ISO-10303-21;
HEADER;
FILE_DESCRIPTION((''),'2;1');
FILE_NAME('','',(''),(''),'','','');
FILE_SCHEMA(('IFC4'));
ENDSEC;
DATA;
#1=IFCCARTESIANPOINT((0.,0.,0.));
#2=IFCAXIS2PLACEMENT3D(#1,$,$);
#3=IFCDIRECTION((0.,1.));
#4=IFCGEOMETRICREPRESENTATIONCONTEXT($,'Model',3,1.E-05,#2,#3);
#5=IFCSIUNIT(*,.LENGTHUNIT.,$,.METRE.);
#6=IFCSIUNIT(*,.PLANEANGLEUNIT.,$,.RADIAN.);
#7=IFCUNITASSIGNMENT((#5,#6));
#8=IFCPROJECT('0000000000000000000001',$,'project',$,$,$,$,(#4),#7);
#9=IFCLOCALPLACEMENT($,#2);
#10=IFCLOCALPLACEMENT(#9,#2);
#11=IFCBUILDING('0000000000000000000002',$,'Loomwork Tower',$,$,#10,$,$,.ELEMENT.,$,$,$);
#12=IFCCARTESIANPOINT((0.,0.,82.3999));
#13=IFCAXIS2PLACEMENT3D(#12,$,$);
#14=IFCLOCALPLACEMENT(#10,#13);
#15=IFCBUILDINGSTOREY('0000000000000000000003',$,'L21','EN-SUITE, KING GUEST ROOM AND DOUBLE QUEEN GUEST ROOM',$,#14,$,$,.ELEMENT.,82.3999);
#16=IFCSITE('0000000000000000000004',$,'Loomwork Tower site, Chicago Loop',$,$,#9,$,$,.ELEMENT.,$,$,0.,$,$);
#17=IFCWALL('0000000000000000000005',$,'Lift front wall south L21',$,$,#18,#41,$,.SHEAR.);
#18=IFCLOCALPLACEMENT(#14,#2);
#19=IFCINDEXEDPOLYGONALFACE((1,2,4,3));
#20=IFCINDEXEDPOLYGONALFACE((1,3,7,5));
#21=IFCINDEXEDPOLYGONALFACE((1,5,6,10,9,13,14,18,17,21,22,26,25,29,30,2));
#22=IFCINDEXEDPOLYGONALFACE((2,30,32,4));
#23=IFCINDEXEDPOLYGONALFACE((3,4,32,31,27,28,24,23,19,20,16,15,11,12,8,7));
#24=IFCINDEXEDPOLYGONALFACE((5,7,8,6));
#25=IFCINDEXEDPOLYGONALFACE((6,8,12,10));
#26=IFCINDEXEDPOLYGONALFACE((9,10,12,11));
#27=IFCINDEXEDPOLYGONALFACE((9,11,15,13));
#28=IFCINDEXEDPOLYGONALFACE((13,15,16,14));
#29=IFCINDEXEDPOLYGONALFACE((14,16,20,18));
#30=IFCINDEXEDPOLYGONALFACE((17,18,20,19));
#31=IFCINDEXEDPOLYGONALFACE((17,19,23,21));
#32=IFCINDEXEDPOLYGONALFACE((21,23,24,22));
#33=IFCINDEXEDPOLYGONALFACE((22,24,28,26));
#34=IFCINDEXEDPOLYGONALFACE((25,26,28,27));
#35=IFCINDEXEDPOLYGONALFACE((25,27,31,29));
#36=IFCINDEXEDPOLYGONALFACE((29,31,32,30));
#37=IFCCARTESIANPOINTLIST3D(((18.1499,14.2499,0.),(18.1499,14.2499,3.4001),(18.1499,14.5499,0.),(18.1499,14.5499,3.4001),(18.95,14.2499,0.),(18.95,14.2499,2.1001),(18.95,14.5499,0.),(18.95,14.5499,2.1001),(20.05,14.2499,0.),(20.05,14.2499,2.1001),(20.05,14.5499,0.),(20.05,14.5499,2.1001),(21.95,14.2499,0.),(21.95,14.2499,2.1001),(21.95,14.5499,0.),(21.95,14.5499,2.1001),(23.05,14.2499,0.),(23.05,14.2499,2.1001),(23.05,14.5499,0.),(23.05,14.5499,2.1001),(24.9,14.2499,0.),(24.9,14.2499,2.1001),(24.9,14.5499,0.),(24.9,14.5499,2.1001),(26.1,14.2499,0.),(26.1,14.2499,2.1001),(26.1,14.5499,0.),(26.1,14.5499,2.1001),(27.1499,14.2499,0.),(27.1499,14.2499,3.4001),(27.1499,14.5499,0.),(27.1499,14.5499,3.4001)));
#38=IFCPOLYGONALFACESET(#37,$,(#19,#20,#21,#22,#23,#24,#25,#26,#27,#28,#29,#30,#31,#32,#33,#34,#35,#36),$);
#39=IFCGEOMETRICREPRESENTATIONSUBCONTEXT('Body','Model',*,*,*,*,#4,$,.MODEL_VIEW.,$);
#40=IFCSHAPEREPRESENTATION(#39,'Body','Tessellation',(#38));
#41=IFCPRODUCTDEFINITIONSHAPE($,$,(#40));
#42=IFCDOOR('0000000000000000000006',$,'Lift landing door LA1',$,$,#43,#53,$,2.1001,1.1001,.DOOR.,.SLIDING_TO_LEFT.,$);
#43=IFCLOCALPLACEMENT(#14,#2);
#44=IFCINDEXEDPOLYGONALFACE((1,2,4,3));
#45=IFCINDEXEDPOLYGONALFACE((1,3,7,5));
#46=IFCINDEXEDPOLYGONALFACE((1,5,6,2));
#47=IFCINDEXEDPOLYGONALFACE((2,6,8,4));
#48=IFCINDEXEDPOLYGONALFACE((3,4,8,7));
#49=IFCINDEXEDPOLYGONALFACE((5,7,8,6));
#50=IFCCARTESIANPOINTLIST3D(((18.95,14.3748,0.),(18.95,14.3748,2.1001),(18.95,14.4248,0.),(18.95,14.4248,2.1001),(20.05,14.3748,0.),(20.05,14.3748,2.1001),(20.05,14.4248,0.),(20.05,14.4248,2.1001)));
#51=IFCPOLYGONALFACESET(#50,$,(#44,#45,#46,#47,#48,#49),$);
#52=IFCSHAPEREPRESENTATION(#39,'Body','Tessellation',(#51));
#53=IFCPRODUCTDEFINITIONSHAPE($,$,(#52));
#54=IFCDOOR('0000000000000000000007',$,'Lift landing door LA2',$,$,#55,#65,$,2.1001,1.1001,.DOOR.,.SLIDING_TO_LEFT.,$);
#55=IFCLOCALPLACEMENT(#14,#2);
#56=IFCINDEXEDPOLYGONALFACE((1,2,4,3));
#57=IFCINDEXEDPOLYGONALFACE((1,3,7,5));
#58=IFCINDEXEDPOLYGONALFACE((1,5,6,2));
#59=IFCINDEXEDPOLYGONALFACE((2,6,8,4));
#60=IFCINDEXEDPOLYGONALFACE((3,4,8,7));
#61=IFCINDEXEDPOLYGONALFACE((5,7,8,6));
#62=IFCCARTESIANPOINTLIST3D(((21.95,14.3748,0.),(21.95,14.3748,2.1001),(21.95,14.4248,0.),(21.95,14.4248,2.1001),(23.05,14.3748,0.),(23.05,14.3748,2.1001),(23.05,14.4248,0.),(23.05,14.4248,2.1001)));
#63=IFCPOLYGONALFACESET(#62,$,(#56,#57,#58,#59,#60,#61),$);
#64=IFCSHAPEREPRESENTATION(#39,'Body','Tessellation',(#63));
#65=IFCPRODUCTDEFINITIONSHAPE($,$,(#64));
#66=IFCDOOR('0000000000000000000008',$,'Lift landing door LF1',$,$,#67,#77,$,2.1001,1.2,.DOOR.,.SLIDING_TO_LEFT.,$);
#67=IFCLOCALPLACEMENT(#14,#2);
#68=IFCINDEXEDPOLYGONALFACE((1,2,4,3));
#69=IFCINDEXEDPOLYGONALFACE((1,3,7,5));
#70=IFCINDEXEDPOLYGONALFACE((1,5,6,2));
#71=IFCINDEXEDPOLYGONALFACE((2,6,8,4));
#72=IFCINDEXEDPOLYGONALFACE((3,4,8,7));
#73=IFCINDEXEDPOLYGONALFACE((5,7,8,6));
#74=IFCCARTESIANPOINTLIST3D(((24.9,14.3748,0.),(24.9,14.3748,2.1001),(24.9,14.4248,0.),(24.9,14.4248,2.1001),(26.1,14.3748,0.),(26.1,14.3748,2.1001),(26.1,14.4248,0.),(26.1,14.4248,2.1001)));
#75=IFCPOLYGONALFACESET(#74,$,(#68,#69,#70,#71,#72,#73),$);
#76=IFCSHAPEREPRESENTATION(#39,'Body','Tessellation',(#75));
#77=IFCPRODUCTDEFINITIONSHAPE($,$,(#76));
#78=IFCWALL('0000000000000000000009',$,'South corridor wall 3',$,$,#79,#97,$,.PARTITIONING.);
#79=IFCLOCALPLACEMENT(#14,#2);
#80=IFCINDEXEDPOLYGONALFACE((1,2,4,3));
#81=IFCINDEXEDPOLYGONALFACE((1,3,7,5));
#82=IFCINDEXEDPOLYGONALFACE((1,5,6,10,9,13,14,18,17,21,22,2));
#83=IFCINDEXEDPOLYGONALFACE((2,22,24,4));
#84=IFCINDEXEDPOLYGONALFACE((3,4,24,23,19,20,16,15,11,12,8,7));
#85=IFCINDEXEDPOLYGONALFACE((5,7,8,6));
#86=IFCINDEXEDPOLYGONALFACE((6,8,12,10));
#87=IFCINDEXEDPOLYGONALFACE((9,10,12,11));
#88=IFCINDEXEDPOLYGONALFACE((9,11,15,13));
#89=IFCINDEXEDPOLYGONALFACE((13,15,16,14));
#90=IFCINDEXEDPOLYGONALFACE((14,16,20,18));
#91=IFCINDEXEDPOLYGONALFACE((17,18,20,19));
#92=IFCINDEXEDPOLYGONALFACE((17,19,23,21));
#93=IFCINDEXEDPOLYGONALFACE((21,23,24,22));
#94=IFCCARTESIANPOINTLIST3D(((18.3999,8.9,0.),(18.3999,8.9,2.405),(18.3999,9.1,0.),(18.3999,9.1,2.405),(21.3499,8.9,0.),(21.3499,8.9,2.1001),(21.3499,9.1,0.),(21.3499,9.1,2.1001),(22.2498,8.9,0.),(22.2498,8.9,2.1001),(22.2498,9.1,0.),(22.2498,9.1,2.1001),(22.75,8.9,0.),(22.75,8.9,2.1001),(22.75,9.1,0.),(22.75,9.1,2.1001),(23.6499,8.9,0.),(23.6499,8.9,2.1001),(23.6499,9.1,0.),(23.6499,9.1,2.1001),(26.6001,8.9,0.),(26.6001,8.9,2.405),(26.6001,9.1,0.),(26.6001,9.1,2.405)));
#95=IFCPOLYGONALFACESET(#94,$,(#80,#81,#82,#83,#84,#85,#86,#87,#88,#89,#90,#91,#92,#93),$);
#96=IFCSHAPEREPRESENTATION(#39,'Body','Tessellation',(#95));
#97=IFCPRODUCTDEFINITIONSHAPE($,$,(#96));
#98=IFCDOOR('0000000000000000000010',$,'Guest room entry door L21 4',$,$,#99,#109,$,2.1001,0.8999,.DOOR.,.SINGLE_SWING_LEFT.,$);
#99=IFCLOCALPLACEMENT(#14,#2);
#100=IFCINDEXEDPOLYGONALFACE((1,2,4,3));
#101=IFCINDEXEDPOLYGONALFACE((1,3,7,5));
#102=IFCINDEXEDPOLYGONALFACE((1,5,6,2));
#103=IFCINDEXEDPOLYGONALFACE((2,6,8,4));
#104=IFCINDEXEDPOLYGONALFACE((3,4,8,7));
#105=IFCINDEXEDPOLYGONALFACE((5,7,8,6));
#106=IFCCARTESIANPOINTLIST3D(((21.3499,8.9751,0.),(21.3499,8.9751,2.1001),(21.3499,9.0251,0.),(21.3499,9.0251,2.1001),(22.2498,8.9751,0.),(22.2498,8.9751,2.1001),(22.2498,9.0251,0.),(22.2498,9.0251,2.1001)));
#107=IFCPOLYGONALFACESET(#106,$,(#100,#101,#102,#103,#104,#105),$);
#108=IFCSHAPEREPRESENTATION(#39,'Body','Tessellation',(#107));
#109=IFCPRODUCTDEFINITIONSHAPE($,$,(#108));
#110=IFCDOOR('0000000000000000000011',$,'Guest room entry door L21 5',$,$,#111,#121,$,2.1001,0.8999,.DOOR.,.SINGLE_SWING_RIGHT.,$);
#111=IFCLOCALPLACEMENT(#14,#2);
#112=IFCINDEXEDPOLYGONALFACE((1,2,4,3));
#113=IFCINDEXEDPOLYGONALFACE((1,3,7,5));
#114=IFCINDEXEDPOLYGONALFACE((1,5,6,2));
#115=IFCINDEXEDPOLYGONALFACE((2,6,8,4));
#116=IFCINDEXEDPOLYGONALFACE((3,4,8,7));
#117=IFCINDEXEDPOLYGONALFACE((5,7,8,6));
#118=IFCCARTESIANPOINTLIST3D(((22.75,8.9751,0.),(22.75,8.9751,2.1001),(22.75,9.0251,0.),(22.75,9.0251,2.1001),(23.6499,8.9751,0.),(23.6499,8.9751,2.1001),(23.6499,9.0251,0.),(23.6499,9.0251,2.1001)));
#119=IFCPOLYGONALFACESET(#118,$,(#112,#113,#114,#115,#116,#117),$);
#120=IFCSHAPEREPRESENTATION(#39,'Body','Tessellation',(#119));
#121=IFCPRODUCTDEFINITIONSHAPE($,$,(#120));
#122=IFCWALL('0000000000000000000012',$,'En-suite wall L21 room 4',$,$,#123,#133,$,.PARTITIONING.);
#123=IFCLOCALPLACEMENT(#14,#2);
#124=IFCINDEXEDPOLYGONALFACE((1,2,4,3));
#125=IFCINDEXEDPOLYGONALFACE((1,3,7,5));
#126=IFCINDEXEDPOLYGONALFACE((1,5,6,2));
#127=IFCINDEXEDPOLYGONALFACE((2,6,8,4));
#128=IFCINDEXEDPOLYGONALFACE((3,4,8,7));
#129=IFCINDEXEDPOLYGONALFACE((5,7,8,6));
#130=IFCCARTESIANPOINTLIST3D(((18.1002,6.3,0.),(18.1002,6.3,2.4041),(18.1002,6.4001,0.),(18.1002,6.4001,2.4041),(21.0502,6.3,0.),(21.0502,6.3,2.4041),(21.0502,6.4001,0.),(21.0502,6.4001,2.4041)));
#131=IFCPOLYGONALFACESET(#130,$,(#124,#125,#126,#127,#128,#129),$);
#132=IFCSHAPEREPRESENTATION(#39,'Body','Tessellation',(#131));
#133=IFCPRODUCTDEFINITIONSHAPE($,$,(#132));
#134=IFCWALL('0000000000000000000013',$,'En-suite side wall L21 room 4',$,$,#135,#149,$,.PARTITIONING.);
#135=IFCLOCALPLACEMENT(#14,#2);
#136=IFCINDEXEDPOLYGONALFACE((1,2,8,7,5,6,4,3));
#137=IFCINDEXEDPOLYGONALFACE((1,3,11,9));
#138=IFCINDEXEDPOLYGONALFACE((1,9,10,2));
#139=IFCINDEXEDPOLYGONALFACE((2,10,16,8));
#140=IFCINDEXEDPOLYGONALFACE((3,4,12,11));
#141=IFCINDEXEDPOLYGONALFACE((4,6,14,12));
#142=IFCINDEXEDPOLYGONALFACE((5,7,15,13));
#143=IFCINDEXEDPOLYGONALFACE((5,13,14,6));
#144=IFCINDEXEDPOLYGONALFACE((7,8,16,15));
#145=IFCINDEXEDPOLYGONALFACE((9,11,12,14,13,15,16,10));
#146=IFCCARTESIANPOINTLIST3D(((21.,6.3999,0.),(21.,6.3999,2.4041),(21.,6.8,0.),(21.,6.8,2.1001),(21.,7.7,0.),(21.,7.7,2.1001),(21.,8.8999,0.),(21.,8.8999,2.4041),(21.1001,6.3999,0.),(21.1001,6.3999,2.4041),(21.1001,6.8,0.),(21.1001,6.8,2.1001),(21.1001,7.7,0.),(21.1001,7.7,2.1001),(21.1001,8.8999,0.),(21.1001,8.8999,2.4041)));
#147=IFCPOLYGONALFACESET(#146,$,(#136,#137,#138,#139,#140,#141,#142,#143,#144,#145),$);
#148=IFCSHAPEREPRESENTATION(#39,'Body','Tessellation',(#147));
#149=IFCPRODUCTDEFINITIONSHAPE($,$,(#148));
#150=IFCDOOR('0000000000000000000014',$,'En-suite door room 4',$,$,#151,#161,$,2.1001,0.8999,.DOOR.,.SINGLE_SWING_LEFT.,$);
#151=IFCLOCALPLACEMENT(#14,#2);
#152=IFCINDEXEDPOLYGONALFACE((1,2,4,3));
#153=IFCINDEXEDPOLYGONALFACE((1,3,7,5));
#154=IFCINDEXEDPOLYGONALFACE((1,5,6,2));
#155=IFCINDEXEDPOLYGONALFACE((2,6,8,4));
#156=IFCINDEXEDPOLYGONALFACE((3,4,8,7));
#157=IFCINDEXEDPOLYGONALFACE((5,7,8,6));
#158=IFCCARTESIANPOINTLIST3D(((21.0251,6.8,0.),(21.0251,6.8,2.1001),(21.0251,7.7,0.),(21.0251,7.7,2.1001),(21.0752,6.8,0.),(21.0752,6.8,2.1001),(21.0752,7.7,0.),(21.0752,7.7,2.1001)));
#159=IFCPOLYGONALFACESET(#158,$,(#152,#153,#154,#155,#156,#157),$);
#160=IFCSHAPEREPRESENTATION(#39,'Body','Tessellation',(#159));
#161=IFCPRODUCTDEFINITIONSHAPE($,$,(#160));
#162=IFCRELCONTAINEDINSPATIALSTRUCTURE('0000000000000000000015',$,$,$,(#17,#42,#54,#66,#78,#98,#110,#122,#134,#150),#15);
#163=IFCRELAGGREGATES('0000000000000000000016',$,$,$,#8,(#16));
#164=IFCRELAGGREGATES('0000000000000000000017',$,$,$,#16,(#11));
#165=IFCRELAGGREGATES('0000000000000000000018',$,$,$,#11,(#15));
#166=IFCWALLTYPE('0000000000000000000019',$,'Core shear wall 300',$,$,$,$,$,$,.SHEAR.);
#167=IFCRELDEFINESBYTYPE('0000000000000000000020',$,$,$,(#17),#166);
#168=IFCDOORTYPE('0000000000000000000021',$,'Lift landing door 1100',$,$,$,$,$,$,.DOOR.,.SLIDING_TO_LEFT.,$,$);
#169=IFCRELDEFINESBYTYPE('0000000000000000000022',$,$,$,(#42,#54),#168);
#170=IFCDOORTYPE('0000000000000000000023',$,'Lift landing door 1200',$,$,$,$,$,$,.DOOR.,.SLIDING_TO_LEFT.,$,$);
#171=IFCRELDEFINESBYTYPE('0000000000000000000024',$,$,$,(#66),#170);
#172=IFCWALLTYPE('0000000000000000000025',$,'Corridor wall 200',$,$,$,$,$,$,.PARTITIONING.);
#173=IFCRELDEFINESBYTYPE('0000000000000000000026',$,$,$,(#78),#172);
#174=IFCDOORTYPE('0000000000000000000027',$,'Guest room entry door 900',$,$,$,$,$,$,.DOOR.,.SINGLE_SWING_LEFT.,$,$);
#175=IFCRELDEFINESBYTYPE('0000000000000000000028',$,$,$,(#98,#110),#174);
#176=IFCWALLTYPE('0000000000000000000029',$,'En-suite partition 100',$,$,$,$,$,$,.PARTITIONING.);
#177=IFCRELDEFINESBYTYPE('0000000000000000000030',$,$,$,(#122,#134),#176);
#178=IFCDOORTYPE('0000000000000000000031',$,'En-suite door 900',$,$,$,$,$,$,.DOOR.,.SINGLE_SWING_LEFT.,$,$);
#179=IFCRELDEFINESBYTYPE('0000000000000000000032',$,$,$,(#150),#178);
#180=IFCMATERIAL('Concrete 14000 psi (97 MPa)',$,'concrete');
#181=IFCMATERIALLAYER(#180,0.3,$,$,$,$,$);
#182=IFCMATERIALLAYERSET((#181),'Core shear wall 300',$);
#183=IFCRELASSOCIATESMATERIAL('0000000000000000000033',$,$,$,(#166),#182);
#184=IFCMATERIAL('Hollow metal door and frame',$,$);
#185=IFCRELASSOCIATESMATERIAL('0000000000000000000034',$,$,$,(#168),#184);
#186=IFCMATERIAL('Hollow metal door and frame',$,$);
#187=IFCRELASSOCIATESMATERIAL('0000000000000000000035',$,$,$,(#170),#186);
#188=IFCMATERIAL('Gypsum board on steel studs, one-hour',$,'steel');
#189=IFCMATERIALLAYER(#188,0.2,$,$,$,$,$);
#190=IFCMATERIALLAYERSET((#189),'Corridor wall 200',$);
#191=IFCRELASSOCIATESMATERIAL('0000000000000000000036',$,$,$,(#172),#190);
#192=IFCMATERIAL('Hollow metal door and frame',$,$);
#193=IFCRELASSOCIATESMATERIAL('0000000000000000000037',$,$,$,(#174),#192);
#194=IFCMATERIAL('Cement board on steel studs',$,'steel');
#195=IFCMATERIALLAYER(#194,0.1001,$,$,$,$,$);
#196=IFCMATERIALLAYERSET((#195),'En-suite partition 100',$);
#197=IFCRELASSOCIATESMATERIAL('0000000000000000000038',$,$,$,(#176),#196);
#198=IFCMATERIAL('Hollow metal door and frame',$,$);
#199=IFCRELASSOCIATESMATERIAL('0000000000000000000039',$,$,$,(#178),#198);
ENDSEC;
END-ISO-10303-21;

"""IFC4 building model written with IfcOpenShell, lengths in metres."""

from ifc_helpers import new_model, si_unit, direction, frame, frame_2d, origin, place, context, subcontext, project, spatial, rectangle, extrude, material, layer, layer_set, type_object, element, fill, save


model = new_model("IFC4")

# Units and contexts
model_context = context("Model", 3, precision=1e-05, world=origin(), true_north=direction((0.0, 1.0)))
body_context = subcontext(model_context, "Body", "Model", "MODEL_VIEW")
ifc_project = project(units=[si_unit("LENGTHUNIT", "METRE"), si_unit("PLANEANGLEUNIT", "RADIAN")], contexts=[model_context])

# Site, building, storey
site_placement = place(None, origin())
site = spatial("IfcSite", under=ifc_project, at=site_placement, Name="Loomwork Tower site, Chicago Loop", CompositionType="ELEMENT", RefElevation=0.0)
building_placement = place(site_placement, origin())
building = spatial("IfcBuilding", under=site, at=building_placement, Name="Loomwork Tower", CompositionType="ELEMENT")
storey_placement = place(building_placement, frame((0.0, 0.0, 82.3999)))
storey = spatial("IfcBuildingStorey", under=building, at=storey_placement, Name="L21", Description="EN-SUITE, KING GUEST ROOM AND DOUBLE QUEEN GUEST ROOM", CompositionType="ELEMENT", Elevation=82.3999)

# Walls, openings, doors
ifc_material_1 = material(Name="Concrete 14000 psi (97 MPa)", Category="concrete")
ifc_layer_1 = layer(ifc_material_1, 0.3)
ifc_layer_set_1 = layer_set([ifc_layer_1], Name="Core shear wall 300")
wall_type_1 = type_object("IfcWallType", Name="Core shear wall 300", PredefinedType="SHEAR", material=ifc_layer_set_1)
wall_1_placement = place(storey_placement, frame((18.1499, 14.3999, 0.0), z_axis=(0.0, 0.0, 1.0), x_axis=(1.0, 0.0, 0.0)))
wall_1 = element("IfcWall", 1, at=wall_1_placement, inside=storey, type_object=wall_type_1, Name="Lift front wall south L21", PredefinedType="SHEAR", context=body_context, shape_type="SweptSolid", body=[
    extrude(rectangle(XDim=9.0, YDim=0.3, at=frame_2d((4.5, 0.0))), origin(), (0.0, 0.0, 1.0), 3.4001),
])
opening_1_placement = place(wall_1_placement, frame((0.8, 0.0, 0.0)))
opening_1 = element("IfcOpeningElement", 2, at=opening_1_placement, cuts=wall_1, PredefinedType="OPENING", context=body_context, shape_type="SweptSolid", body=[
    extrude(rectangle(XDim=1.1001, YDim=2.1001, at=frame_2d((0.55, 1.05))), frame((0.0, 0.1599, 0.0), z_axis=(0.0, -1.0, 0.0), x_axis=(1.0, 0.0, 0.0)), (0.0, 0.0, 1.0), 0.3201),
])
opening_2_placement = place(wall_1_placement, frame((3.8, 0.0, 0.0)))
opening_2 = element("IfcOpeningElement", 3, at=opening_2_placement, cuts=wall_1, PredefinedType="OPENING", context=body_context, shape_type="SweptSolid", body=[
    extrude(rectangle(XDim=1.1001, YDim=2.1001, at=frame_2d((0.55, 1.05))), frame((0.0, 0.1599, 0.0), z_axis=(0.0, -1.0, 0.0), x_axis=(1.0, 0.0, 0.0)), (0.0, 0.0, 1.0), 0.3201),
])
opening_3_placement = place(wall_1_placement, frame((6.75, 0.0, 0.0)))
opening_3 = element("IfcOpeningElement", 4, at=opening_3_placement, cuts=wall_1, PredefinedType="OPENING", context=body_context, shape_type="SweptSolid", body=[
    extrude(rectangle(XDim=1.2, YDim=2.1001, at=frame_2d((0.6001, 1.05))), frame((0.0, 0.1599, 0.0), z_axis=(0.0, -1.0, 0.0), x_axis=(1.0, 0.0, 0.0)), (0.0, 0.0, 1.0), 0.3201),
])
ifc_material_2 = material(Name="Hollow metal door and frame")
door_type_1 = type_object("IfcDoorType", Name="Lift landing door 1100", OperationType="SLIDING_TO_LEFT", PredefinedType="DOOR", material=ifc_material_2)
door_1_placement = place(opening_1_placement, origin())
door_1 = element("IfcDoor", 5, at=door_1_placement, inside=storey, type_object=door_type_1, Name="Lift landing door LA1", OperationType="SLIDING_TO_LEFT", OverallHeight=2.1001, OverallWidth=1.1001, PredefinedType="DOOR", context=body_context, shape_type="SweptSolid", body=[
    extrude(rectangle(XDim=1.1001, YDim=2.1001, at=frame_2d((0.55, 1.05))), frame((0.0, 0.0249, 0.0), z_axis=(0.0, -1.0, 0.0), x_axis=(1.0, 0.0, 0.0)), (0.0, 0.0, 1.0), 0.05),
])
fill(opening_1, door_1)
door_2_placement = place(opening_2_placement, origin())
door_2 = element("IfcDoor", 6, at=door_2_placement, inside=storey, type_object=door_type_1, Name="Lift landing door LA2", OperationType="SLIDING_TO_LEFT", OverallHeight=2.1001, OverallWidth=1.1001, PredefinedType="DOOR", context=body_context, shape_type="SweptSolid", body=[
    extrude(rectangle(XDim=1.1001, YDim=2.1001, at=frame_2d((0.55, 1.05))), frame((0.0, 0.0249, 0.0), z_axis=(0.0, -1.0, 0.0), x_axis=(1.0, 0.0, 0.0)), (0.0, 0.0, 1.0), 0.05),
])
fill(opening_2, door_2)
ifc_material_3 = material(Name="Hollow metal door and frame")
door_type_2 = type_object("IfcDoorType", Name="Lift landing door 1200", OperationType="SLIDING_TO_LEFT", PredefinedType="DOOR", material=ifc_material_3)
door_3_placement = place(opening_3_placement, origin())
door_3 = element("IfcDoor", 7, at=door_3_placement, inside=storey, type_object=door_type_2, Name="Lift landing door LF1", OperationType="SLIDING_TO_LEFT", OverallHeight=2.1001, OverallWidth=1.2, PredefinedType="DOOR", context=body_context, shape_type="SweptSolid", body=[
    extrude(rectangle(XDim=1.2, YDim=2.1001, at=frame_2d((0.6001, 1.05))), frame((0.0, 0.0249, 0.0), z_axis=(0.0, -1.0, 0.0), x_axis=(1.0, 0.0, 0.0)), (0.0, 0.0, 1.0), 0.05),
])
fill(opening_3, door_3)
ifc_material_4 = material(Name="Gypsum board on steel studs, one-hour", Category="steel")
ifc_layer_2 = layer(ifc_material_4, 0.2)
ifc_layer_set_2 = layer_set([ifc_layer_2], Name="Corridor wall 200")
wall_type_2 = type_object("IfcWallType", Name="Corridor wall 200", PredefinedType="PARTITIONING", material=ifc_layer_set_2)
wall_2_placement = place(storey_placement, frame((18.3999, 9.0, 0.0), z_axis=(0.0, 0.0, 1.0), x_axis=(1.0, 0.0, 0.0)))
wall_2 = element("IfcWall", 8, at=wall_2_placement, inside=storey, type_object=wall_type_2, Name="South corridor wall 3", PredefinedType="PARTITIONING", context=body_context, shape_type="SweptSolid", body=[
    extrude(rectangle(XDim=8.2002, YDim=0.2, at=frame_2d((4.1001, 0.0))), origin(), (0.0, 0.0, 1.0), 2.405),
])
opening_4_placement = place(wall_2_placement, frame((2.95, 0.0, 0.0)))
opening_4 = element("IfcOpeningElement", 9, at=opening_4_placement, cuts=wall_2, PredefinedType="OPENING", context=body_context, shape_type="SweptSolid", body=[
    extrude(rectangle(XDim=0.8999, YDim=2.1001, at=frame_2d((0.45, 1.05))), frame((0.0, 0.1099, 0.0), z_axis=(0.0, -1.0, 0.0), x_axis=(1.0, 0.0, 0.0)), (0.0, 0.0, 1.0), 0.22),
])
opening_5_placement = place(wall_2_placement, frame((4.3501, 0.0, 0.0)))
opening_5 = element("IfcOpeningElement", 10, at=opening_5_placement, cuts=wall_2, PredefinedType="OPENING", context=body_context, shape_type="SweptSolid", body=[
    extrude(rectangle(XDim=0.8999, YDim=2.1001, at=frame_2d((0.45, 1.05))), frame((0.0, 0.1099, 0.0), z_axis=(0.0, -1.0, 0.0), x_axis=(1.0, 0.0, 0.0)), (0.0, 0.0, 1.0), 0.22),
])
ifc_material_5 = material(Name="Hollow metal door and frame")
door_type_3 = type_object("IfcDoorType", Name="Guest room entry door 900", OperationType="SINGLE_SWING_LEFT", PredefinedType="DOOR", material=ifc_material_5)
door_4_placement = place(opening_4_placement, frame((0.8999, 0.0, 0.0), z_axis=(0.0, 0.0, 1.0), x_axis=(-1.0, 0.0, 0.0)))
door_4 = element("IfcDoor", 11, at=door_4_placement, inside=storey, type_object=door_type_3, Name="Guest room entry door L21 4", OperationType="SINGLE_SWING_LEFT", OverallHeight=2.1001, OverallWidth=0.8999, PredefinedType="DOOR", context=body_context, shape_type="SweptSolid", body=[
    extrude(rectangle(XDim=0.8999, YDim=2.1001, at=frame_2d((0.45, 1.05))), frame((0.0, 0.0249, 0.0), z_axis=(0.0, -1.0, 0.0), x_axis=(1.0, 0.0, 0.0)), (0.0, 0.0, 1.0), 0.05),
])
fill(opening_4, door_4)
door_5_placement = place(opening_5_placement, frame((0.8999, 0.0, 0.0), z_axis=(0.0, 0.0, 1.0), x_axis=(-1.0, 0.0, 0.0)))
door_5 = element("IfcDoor", 12, at=door_5_placement, inside=storey, type_object=door_type_3, Name="Guest room entry door L21 5", OperationType="SINGLE_SWING_RIGHT", OverallHeight=2.1001, OverallWidth=0.8999, PredefinedType="DOOR", context=body_context, shape_type="SweptSolid", body=[
    extrude(rectangle(XDim=0.8999, YDim=2.1001, at=frame_2d((0.45, 1.05))), frame((0.0, 0.0249, 0.0), z_axis=(0.0, -1.0, 0.0), x_axis=(1.0, 0.0, 0.0)), (0.0, 0.0, 1.0), 0.05),
])
fill(opening_5, door_5)

# Wall
ifc_material_6 = material(Name="Cement board on steel studs", Category="steel")
ifc_layer_3 = layer(ifc_material_6, 0.1001)
ifc_layer_set_3 = layer_set([ifc_layer_3], Name="En-suite partition 100")
wall_type_3 = type_object("IfcWallType", Name="En-suite partition 100", PredefinedType="PARTITIONING", material=ifc_layer_set_3)
wall_3_placement = place(storey_placement, frame((18.1001, 6.3501, 0.0), z_axis=(0.0, 0.0, 1.0), x_axis=(1.0, 0.0, 0.0)))
element("IfcWall", 13, at=wall_3_placement, inside=storey, type_object=wall_type_3, Name="En-suite wall L21 room 4", PredefinedType="PARTITIONING", context=body_context, shape_type="SweptSolid", body=[
    extrude(rectangle(XDim=2.95, YDim=0.1001, at=frame_2d((1.4751, 0.0))), origin(), (0.0, 0.0, 1.0), 2.4041),
])

# Wall, opening, door
wall_4_placement = place(storey_placement, frame((21.05, 8.8999, 0.0), z_axis=(0.0, 0.0, 1.0), x_axis=(0.0, -1.0, 0.0)))
wall_4 = element("IfcWall", 14, at=wall_4_placement, inside=storey, type_object=wall_type_3, Name="En-suite side wall L21 room 4", PredefinedType="PARTITIONING", context=body_context, shape_type="SweptSolid", body=[
    extrude(rectangle(XDim=2.5, YDim=0.1001, at=frame_2d((1.25, 0.0))), origin(), (0.0, 0.0, 1.0), 2.4041),
])
opening_6_placement = place(wall_4_placement, frame((1.2, 0.0, 0.0)))
opening_6 = element("IfcOpeningElement", 15, at=opening_6_placement, cuts=wall_4, PredefinedType="OPENING", context=body_context, shape_type="SweptSolid", body=[
    extrude(rectangle(XDim=0.8999, YDim=2.1001, at=frame_2d((0.45, 1.05))), frame((0.0, 0.0601, 0.0), z_axis=(0.0, -1.0, 0.0), x_axis=(1.0, 0.0, 0.0)), (0.0, 0.0, 1.0), 0.1201),
])
ifc_material_7 = material(Name="Hollow metal door and frame")
door_type_4 = type_object("IfcDoorType", Name="En-suite door 900", OperationType="SINGLE_SWING_LEFT", PredefinedType="DOOR", material=ifc_material_7)
door_6_placement = place(opening_6_placement, frame((0.8999, 0.0, 0.0), z_axis=(0.0, 0.0, 1.0), x_axis=(-1.0, 0.0, 0.0)))
door_6 = element("IfcDoor", 16, at=door_6_placement, inside=storey, type_object=door_type_4, Name="En-suite door room 4", OperationType="SINGLE_SWING_LEFT", OverallHeight=2.1001, OverallWidth=0.8999, PredefinedType="DOOR", context=body_context, shape_type="SweptSolid", body=[
    extrude(rectangle(XDim=0.8999, YDim=2.1001, at=frame_2d((0.45, 1.05))), frame((0.0, 0.0249, 0.0), z_axis=(0.0, -1.0, 0.0), x_axis=(1.0, 0.0, 0.0)), (0.0, 0.0, 1.0), 0.05),
])
fill(opening_6, door_6)

save(model, "model.ifc")
